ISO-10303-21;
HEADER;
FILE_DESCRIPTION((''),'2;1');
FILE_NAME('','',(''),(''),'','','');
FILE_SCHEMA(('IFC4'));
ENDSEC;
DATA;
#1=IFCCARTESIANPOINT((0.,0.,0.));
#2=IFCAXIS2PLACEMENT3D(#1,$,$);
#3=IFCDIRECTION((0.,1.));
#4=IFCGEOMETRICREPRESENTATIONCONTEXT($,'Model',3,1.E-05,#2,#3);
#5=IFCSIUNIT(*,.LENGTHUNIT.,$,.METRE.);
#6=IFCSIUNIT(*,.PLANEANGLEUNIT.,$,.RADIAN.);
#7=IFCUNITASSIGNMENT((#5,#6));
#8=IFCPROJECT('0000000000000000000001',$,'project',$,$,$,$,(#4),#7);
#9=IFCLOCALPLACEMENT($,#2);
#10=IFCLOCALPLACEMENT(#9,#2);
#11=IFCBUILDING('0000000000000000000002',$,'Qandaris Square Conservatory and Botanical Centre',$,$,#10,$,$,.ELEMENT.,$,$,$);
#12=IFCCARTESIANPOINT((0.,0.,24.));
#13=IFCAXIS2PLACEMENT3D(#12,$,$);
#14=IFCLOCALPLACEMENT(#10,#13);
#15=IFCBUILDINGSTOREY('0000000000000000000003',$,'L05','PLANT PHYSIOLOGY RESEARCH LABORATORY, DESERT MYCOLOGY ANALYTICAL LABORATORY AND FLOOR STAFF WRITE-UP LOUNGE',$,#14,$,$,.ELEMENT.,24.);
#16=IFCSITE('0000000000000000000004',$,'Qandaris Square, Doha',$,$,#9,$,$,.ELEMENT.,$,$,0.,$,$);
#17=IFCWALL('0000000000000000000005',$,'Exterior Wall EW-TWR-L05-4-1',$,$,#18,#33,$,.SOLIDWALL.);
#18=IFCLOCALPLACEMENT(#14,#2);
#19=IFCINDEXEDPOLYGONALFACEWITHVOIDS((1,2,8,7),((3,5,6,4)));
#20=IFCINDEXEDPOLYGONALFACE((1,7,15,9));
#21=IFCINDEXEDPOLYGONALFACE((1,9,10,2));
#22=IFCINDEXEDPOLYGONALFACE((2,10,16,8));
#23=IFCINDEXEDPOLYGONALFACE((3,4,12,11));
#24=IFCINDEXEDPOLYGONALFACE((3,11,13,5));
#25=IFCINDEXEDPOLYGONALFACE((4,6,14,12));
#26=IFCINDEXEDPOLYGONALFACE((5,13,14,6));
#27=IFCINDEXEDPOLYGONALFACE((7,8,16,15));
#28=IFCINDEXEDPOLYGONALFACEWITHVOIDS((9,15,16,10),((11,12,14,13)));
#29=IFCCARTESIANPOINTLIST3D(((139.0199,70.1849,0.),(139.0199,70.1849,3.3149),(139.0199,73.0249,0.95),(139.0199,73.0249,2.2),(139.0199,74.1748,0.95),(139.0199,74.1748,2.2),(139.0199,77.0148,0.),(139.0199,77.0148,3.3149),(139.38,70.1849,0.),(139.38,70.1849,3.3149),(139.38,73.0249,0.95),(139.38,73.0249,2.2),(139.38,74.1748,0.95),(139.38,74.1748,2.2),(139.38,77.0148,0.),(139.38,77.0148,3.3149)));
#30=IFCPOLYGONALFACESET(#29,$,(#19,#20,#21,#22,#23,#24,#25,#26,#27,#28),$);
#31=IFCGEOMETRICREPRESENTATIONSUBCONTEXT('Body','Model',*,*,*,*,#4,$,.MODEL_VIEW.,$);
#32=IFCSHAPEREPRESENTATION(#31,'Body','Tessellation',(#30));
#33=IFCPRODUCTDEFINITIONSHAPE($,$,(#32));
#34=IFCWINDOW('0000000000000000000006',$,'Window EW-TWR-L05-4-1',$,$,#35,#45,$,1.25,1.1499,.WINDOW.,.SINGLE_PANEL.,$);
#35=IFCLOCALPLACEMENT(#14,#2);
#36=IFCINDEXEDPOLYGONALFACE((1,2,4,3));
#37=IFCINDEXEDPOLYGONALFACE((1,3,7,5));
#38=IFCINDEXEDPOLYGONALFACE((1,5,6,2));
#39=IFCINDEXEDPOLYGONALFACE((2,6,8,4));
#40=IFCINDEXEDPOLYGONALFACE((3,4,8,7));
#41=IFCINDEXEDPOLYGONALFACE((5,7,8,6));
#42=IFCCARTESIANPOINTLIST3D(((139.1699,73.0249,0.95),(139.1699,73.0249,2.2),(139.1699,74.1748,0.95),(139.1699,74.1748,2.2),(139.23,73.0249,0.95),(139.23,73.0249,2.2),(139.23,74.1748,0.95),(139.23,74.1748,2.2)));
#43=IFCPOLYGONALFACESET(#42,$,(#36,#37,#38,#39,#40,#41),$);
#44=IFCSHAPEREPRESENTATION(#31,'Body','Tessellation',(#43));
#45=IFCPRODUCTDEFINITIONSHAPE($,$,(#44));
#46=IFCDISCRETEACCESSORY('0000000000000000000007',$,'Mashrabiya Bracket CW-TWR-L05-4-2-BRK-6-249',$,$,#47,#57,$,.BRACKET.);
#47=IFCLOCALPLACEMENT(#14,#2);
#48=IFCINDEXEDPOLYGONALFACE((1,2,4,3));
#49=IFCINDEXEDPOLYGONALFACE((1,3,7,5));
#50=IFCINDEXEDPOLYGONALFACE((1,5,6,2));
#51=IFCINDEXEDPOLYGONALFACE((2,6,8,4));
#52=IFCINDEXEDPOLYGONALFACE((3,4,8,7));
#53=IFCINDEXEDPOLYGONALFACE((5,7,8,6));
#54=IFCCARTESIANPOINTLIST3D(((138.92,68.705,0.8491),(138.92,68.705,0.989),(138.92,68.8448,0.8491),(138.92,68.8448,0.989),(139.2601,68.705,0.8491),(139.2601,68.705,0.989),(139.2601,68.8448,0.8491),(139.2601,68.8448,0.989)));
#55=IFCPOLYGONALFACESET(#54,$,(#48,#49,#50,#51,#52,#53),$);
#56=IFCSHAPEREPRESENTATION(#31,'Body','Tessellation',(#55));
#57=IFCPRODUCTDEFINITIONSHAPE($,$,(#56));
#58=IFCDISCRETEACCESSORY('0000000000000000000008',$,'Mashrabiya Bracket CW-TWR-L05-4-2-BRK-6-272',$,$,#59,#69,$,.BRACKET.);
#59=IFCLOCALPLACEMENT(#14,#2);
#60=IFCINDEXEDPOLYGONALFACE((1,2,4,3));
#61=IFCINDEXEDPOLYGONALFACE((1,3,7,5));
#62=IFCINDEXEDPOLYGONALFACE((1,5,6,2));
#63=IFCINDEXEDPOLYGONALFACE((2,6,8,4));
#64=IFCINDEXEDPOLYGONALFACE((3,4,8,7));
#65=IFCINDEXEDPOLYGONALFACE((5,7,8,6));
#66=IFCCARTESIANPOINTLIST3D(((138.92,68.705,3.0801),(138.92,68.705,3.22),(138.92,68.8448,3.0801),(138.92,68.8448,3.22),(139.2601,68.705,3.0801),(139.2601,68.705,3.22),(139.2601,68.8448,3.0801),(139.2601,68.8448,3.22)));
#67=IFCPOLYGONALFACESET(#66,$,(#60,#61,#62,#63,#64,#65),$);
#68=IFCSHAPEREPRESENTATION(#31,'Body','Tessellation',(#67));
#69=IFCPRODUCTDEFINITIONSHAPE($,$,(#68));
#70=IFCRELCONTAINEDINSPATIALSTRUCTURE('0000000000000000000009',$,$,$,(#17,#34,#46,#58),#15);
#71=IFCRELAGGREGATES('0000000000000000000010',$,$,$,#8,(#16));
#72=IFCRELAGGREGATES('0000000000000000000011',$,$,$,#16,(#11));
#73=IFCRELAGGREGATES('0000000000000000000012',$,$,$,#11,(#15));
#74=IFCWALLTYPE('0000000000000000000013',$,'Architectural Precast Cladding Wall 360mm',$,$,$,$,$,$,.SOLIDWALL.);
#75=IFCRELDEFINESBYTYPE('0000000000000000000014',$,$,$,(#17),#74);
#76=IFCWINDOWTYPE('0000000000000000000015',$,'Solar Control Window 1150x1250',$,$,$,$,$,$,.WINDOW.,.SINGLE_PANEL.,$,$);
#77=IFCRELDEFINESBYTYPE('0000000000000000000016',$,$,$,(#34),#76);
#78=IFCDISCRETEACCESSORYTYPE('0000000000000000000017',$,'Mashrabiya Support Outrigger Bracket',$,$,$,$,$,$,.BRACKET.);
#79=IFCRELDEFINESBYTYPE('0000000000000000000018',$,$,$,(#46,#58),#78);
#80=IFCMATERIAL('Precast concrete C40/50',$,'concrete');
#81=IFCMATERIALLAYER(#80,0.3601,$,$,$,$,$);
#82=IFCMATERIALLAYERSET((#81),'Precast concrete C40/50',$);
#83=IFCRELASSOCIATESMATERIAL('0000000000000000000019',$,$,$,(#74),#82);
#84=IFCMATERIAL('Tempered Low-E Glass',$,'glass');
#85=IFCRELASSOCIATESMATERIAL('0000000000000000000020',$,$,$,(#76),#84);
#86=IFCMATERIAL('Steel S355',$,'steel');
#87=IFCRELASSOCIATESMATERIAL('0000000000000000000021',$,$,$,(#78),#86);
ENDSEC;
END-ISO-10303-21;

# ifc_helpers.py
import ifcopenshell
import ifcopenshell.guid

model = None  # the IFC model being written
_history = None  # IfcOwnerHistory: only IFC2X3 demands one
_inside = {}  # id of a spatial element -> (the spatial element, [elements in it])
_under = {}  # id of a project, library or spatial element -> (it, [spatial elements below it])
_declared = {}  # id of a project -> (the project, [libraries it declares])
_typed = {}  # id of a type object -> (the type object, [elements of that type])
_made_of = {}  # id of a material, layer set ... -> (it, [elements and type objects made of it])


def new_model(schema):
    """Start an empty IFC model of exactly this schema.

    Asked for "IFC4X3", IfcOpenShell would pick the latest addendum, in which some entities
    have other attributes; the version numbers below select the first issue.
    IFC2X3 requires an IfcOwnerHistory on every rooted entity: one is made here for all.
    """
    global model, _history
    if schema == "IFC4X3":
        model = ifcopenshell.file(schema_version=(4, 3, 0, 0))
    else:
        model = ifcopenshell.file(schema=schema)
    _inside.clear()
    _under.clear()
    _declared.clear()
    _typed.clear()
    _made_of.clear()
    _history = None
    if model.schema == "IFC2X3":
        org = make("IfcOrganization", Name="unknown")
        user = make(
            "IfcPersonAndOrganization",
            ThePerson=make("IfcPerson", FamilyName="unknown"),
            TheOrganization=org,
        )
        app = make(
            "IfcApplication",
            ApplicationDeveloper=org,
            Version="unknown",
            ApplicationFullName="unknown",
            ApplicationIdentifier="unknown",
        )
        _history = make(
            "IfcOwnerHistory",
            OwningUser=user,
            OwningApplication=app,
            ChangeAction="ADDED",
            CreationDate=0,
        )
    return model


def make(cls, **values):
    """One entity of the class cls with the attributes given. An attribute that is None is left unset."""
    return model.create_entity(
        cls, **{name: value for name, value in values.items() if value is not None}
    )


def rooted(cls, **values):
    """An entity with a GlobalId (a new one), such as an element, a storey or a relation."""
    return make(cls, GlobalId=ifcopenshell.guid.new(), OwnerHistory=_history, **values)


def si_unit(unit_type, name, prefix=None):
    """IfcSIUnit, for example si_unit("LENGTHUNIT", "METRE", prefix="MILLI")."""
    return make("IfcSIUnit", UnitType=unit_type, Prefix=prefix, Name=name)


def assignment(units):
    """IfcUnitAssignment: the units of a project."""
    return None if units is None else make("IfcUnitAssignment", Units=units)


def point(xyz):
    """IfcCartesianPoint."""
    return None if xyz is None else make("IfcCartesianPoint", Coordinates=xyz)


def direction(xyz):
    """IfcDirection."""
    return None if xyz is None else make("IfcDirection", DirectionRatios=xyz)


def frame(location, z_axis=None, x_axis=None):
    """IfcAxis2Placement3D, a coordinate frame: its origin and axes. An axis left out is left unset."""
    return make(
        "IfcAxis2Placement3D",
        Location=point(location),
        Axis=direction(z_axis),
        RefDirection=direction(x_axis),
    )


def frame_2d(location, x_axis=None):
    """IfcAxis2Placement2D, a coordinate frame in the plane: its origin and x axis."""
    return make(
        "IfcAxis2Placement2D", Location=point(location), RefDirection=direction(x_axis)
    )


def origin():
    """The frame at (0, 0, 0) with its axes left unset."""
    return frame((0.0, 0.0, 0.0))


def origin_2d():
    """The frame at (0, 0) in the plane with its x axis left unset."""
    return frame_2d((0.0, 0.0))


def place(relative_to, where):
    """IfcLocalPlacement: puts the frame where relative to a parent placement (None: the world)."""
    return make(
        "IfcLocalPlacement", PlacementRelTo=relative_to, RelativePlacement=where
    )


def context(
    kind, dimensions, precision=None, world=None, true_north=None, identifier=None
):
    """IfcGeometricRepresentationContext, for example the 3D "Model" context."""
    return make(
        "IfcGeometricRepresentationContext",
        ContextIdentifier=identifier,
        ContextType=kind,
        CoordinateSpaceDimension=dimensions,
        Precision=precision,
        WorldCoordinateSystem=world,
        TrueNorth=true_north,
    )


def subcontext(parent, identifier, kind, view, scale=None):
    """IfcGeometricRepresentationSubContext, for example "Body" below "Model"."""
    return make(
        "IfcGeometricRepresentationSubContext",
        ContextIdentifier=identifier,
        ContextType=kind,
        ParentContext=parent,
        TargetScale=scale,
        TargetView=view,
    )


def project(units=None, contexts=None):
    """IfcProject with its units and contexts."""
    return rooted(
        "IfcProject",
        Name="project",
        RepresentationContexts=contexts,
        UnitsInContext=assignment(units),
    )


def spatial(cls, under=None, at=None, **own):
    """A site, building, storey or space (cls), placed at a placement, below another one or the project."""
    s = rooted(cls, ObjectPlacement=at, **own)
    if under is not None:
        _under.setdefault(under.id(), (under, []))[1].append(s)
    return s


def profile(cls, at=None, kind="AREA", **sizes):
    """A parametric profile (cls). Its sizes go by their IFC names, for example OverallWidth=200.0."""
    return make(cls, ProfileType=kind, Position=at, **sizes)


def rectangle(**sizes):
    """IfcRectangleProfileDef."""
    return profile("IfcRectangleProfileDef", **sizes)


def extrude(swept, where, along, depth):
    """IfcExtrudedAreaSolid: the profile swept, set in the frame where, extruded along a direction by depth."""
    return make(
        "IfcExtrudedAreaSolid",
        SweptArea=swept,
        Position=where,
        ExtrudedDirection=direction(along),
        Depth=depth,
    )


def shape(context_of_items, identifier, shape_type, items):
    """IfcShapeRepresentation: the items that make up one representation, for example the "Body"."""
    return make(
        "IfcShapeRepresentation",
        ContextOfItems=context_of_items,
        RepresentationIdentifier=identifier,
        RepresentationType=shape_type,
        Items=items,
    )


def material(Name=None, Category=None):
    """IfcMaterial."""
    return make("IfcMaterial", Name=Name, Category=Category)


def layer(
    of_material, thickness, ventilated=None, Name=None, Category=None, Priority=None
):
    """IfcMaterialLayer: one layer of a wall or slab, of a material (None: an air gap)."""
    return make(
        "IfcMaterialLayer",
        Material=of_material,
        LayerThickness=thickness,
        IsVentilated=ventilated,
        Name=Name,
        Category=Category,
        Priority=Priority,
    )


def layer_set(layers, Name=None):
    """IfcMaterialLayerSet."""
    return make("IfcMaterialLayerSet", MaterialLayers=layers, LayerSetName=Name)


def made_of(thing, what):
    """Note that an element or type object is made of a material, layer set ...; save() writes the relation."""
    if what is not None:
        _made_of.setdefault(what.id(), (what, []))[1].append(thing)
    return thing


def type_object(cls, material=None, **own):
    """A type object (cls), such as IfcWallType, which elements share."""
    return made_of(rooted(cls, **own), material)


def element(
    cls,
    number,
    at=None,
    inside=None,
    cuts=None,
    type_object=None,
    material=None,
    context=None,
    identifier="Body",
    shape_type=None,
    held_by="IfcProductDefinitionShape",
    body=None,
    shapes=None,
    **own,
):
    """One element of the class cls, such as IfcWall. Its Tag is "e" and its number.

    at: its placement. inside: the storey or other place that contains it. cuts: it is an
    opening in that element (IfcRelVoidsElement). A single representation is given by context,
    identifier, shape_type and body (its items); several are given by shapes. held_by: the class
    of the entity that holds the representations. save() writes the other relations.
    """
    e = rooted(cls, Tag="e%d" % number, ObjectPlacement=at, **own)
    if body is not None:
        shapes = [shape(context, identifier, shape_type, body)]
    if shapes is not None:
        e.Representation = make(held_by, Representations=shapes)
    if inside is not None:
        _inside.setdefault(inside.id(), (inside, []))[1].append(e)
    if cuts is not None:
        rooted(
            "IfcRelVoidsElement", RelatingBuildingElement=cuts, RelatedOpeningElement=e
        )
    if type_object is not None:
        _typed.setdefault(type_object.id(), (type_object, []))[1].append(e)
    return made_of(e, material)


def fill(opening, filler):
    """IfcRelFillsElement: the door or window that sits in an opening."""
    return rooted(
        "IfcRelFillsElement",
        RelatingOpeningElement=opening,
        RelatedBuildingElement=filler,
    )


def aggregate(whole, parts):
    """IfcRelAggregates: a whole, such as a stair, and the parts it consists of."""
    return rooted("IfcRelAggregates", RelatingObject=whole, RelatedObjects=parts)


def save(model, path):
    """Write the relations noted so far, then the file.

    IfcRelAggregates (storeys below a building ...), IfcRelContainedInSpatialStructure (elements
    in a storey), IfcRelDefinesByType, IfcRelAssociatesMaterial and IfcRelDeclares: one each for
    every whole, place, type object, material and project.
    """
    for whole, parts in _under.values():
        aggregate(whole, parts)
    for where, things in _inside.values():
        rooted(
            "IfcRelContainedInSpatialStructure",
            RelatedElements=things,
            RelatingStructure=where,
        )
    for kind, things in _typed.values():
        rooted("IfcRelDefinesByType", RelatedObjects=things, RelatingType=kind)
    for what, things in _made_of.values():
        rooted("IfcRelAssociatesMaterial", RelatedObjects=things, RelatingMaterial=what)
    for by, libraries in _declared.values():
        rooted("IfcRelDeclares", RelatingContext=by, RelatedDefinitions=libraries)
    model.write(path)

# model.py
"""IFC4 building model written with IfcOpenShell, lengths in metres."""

from ifc_helpers import new_model, si_unit, direction, frame, frame_2d, origin, origin_2d, place, context, subcontext, project, spatial, rectangle, extrude, material, layer, layer_set, type_object, element, fill, save


model = new_model("IFC4")

# Units and contexts
model_context = context("Model", 3, precision=1e-05, world=origin(), true_north=direction((0.0, 1.0)))
body_context = subcontext(model_context, "Body", "Model", "MODEL_VIEW")
ifc_project = project(units=[si_unit("LENGTHUNIT", "METRE"), si_unit("PLANEANGLEUNIT", "RADIAN")], contexts=[model_context])

# Site, building, storey
site_placement = place(None, origin())
site = spatial("IfcSite", under=ifc_project, at=site_placement, Name="Qandaris Square, Doha", CompositionType="ELEMENT", RefElevation=0.0)
building_placement = place(site_placement, origin())
building = spatial("IfcBuilding", under=site, at=building_placement, Name="Qandaris Square Conservatory and Botanical Centre", CompositionType="ELEMENT")
storey_placement = place(building_placement, frame((0.0, 0.0, 24.0)))
storey = spatial("IfcBuildingStorey", under=building, at=storey_placement, Name="L05", Description="PLANT PHYSIOLOGY RESEARCH LABORATORY, DESERT MYCOLOGY ANALYTICAL LABORATORY AND FLOOR STAFF WRITE-UP LOUNGE", CompositionType="ELEMENT", Elevation=24.0)

# Shared definitions
ifc_material_1 = material(Name="Steel S355", Category="steel")

# Shared definitions
ifc_material_2 = material(Name="Tempered Low-E Glass", Category="glass")

# Wall, opening, window
ifc_material_3 = material(Name="Precast concrete C40/50", Category="concrete")
ifc_layer_1 = layer(ifc_material_3, 0.3601)
ifc_layer_set_1 = layer_set([ifc_layer_1], Name="Precast concrete C40/50")
wall_type = type_object("IfcWallType", Name="Architectural Precast Cladding Wall 360mm", PredefinedType="SOLIDWALL", material=ifc_layer_set_1)
wall_placement = place(storey_placement, frame((139.2, 77.0149, 0.0), z_axis=(0.0, 0.0, 1.0), x_axis=(0.0, -1.0, 0.0)))
wall = element("IfcWall", 1, at=wall_placement, inside=storey, type_object=wall_type, Name="Exterior Wall EW-TWR-L05-4-1", PredefinedType="SOLIDWALL", context=body_context, shape_type="SweptSolid", body=[
    extrude(rectangle(XDim=6.8298, YDim=0.3601, at=frame_2d((3.415, 0.0))), origin(), (0.0, 0.0, 1.0), 3.3149),
])
opening_placement = place(wall_placement, frame((2.8401, 0.0, 0.95)))
opening = element("IfcOpeningElement", 2, at=opening_placement, cuts=wall, PredefinedType="OPENING", context=body_context, shape_type="SweptSolid", body=[
    extrude(rectangle(XDim=1.1499, YDim=1.25, at=frame_2d((0.575, 0.625))), frame((0.0, 0.1919, 0.0), z_axis=(0.0, -1.0, 0.0), x_axis=(1.0, 0.0, 0.0)), (0.0, 0.0, 1.0), 0.384),
])
window_type = type_object("IfcWindowType", Name="Solar Control Window 1150x1250", PartitioningType="SINGLE_PANEL", PredefinedType="WINDOW", material=ifc_material_2)
window_placement = place(opening_placement, origin())
window = element("IfcWindow", 3, at=window_placement, inside=storey, type_object=window_type, Name="Window EW-TWR-L05-4-1", OverallHeight=1.25, OverallWidth=1.1499, PartitioningType="SINGLE_PANEL", PredefinedType="WINDOW", context=body_context, shape_type="SweptSolid", body=[
    extrude(rectangle(XDim=1.1499, YDim=1.25, at=frame_2d((0.575, 0.625))), frame((0.0, 0.03, 0.0), z_axis=(0.0, -1.0, 0.0), x_axis=(1.0, 0.0, 0.0)), (0.0, 0.0, 1.0), 0.0601),
])
fill(opening, window)

# Discrete accessories
discrete_accessory_type = type_object("IfcDiscreteAccessoryType", Name="Mashrabiya Support Outrigger Bracket", PredefinedType="BRACKET", material=ifc_material_1)
for number, where, z_axis, x_axis, name in (
    (4, (139.0901, 68.7749, 0.8491), (0.0, 0.0, 1.0), (0.0, -1.0, 0.0), "Mashrabiya Bracket CW-TWR-L05-4-2-BRK-6-249"),
    (5, (139.0901, 68.7749, 3.0801), (0.0, 0.0, 1.0), (0.0, -1.0, 0.0), "Mashrabiya Bracket CW-TWR-L05-4-2-BRK-6-272"),
):
    element("IfcDiscreteAccessory", number, at=place(storey_placement, frame(where, z_axis=z_axis, x_axis=x_axis)), inside=storey, type_object=discrete_accessory_type, Name=name, PredefinedType="BRACKET", context=body_context, shape_type="SweptSolid", body=[
        extrude(rectangle(XDim=0.1399, YDim=0.3401, at=origin_2d()), origin(), (0.0, 0.0, 1.0), 0.1399),
    ])

save(model, "model.ifc")
